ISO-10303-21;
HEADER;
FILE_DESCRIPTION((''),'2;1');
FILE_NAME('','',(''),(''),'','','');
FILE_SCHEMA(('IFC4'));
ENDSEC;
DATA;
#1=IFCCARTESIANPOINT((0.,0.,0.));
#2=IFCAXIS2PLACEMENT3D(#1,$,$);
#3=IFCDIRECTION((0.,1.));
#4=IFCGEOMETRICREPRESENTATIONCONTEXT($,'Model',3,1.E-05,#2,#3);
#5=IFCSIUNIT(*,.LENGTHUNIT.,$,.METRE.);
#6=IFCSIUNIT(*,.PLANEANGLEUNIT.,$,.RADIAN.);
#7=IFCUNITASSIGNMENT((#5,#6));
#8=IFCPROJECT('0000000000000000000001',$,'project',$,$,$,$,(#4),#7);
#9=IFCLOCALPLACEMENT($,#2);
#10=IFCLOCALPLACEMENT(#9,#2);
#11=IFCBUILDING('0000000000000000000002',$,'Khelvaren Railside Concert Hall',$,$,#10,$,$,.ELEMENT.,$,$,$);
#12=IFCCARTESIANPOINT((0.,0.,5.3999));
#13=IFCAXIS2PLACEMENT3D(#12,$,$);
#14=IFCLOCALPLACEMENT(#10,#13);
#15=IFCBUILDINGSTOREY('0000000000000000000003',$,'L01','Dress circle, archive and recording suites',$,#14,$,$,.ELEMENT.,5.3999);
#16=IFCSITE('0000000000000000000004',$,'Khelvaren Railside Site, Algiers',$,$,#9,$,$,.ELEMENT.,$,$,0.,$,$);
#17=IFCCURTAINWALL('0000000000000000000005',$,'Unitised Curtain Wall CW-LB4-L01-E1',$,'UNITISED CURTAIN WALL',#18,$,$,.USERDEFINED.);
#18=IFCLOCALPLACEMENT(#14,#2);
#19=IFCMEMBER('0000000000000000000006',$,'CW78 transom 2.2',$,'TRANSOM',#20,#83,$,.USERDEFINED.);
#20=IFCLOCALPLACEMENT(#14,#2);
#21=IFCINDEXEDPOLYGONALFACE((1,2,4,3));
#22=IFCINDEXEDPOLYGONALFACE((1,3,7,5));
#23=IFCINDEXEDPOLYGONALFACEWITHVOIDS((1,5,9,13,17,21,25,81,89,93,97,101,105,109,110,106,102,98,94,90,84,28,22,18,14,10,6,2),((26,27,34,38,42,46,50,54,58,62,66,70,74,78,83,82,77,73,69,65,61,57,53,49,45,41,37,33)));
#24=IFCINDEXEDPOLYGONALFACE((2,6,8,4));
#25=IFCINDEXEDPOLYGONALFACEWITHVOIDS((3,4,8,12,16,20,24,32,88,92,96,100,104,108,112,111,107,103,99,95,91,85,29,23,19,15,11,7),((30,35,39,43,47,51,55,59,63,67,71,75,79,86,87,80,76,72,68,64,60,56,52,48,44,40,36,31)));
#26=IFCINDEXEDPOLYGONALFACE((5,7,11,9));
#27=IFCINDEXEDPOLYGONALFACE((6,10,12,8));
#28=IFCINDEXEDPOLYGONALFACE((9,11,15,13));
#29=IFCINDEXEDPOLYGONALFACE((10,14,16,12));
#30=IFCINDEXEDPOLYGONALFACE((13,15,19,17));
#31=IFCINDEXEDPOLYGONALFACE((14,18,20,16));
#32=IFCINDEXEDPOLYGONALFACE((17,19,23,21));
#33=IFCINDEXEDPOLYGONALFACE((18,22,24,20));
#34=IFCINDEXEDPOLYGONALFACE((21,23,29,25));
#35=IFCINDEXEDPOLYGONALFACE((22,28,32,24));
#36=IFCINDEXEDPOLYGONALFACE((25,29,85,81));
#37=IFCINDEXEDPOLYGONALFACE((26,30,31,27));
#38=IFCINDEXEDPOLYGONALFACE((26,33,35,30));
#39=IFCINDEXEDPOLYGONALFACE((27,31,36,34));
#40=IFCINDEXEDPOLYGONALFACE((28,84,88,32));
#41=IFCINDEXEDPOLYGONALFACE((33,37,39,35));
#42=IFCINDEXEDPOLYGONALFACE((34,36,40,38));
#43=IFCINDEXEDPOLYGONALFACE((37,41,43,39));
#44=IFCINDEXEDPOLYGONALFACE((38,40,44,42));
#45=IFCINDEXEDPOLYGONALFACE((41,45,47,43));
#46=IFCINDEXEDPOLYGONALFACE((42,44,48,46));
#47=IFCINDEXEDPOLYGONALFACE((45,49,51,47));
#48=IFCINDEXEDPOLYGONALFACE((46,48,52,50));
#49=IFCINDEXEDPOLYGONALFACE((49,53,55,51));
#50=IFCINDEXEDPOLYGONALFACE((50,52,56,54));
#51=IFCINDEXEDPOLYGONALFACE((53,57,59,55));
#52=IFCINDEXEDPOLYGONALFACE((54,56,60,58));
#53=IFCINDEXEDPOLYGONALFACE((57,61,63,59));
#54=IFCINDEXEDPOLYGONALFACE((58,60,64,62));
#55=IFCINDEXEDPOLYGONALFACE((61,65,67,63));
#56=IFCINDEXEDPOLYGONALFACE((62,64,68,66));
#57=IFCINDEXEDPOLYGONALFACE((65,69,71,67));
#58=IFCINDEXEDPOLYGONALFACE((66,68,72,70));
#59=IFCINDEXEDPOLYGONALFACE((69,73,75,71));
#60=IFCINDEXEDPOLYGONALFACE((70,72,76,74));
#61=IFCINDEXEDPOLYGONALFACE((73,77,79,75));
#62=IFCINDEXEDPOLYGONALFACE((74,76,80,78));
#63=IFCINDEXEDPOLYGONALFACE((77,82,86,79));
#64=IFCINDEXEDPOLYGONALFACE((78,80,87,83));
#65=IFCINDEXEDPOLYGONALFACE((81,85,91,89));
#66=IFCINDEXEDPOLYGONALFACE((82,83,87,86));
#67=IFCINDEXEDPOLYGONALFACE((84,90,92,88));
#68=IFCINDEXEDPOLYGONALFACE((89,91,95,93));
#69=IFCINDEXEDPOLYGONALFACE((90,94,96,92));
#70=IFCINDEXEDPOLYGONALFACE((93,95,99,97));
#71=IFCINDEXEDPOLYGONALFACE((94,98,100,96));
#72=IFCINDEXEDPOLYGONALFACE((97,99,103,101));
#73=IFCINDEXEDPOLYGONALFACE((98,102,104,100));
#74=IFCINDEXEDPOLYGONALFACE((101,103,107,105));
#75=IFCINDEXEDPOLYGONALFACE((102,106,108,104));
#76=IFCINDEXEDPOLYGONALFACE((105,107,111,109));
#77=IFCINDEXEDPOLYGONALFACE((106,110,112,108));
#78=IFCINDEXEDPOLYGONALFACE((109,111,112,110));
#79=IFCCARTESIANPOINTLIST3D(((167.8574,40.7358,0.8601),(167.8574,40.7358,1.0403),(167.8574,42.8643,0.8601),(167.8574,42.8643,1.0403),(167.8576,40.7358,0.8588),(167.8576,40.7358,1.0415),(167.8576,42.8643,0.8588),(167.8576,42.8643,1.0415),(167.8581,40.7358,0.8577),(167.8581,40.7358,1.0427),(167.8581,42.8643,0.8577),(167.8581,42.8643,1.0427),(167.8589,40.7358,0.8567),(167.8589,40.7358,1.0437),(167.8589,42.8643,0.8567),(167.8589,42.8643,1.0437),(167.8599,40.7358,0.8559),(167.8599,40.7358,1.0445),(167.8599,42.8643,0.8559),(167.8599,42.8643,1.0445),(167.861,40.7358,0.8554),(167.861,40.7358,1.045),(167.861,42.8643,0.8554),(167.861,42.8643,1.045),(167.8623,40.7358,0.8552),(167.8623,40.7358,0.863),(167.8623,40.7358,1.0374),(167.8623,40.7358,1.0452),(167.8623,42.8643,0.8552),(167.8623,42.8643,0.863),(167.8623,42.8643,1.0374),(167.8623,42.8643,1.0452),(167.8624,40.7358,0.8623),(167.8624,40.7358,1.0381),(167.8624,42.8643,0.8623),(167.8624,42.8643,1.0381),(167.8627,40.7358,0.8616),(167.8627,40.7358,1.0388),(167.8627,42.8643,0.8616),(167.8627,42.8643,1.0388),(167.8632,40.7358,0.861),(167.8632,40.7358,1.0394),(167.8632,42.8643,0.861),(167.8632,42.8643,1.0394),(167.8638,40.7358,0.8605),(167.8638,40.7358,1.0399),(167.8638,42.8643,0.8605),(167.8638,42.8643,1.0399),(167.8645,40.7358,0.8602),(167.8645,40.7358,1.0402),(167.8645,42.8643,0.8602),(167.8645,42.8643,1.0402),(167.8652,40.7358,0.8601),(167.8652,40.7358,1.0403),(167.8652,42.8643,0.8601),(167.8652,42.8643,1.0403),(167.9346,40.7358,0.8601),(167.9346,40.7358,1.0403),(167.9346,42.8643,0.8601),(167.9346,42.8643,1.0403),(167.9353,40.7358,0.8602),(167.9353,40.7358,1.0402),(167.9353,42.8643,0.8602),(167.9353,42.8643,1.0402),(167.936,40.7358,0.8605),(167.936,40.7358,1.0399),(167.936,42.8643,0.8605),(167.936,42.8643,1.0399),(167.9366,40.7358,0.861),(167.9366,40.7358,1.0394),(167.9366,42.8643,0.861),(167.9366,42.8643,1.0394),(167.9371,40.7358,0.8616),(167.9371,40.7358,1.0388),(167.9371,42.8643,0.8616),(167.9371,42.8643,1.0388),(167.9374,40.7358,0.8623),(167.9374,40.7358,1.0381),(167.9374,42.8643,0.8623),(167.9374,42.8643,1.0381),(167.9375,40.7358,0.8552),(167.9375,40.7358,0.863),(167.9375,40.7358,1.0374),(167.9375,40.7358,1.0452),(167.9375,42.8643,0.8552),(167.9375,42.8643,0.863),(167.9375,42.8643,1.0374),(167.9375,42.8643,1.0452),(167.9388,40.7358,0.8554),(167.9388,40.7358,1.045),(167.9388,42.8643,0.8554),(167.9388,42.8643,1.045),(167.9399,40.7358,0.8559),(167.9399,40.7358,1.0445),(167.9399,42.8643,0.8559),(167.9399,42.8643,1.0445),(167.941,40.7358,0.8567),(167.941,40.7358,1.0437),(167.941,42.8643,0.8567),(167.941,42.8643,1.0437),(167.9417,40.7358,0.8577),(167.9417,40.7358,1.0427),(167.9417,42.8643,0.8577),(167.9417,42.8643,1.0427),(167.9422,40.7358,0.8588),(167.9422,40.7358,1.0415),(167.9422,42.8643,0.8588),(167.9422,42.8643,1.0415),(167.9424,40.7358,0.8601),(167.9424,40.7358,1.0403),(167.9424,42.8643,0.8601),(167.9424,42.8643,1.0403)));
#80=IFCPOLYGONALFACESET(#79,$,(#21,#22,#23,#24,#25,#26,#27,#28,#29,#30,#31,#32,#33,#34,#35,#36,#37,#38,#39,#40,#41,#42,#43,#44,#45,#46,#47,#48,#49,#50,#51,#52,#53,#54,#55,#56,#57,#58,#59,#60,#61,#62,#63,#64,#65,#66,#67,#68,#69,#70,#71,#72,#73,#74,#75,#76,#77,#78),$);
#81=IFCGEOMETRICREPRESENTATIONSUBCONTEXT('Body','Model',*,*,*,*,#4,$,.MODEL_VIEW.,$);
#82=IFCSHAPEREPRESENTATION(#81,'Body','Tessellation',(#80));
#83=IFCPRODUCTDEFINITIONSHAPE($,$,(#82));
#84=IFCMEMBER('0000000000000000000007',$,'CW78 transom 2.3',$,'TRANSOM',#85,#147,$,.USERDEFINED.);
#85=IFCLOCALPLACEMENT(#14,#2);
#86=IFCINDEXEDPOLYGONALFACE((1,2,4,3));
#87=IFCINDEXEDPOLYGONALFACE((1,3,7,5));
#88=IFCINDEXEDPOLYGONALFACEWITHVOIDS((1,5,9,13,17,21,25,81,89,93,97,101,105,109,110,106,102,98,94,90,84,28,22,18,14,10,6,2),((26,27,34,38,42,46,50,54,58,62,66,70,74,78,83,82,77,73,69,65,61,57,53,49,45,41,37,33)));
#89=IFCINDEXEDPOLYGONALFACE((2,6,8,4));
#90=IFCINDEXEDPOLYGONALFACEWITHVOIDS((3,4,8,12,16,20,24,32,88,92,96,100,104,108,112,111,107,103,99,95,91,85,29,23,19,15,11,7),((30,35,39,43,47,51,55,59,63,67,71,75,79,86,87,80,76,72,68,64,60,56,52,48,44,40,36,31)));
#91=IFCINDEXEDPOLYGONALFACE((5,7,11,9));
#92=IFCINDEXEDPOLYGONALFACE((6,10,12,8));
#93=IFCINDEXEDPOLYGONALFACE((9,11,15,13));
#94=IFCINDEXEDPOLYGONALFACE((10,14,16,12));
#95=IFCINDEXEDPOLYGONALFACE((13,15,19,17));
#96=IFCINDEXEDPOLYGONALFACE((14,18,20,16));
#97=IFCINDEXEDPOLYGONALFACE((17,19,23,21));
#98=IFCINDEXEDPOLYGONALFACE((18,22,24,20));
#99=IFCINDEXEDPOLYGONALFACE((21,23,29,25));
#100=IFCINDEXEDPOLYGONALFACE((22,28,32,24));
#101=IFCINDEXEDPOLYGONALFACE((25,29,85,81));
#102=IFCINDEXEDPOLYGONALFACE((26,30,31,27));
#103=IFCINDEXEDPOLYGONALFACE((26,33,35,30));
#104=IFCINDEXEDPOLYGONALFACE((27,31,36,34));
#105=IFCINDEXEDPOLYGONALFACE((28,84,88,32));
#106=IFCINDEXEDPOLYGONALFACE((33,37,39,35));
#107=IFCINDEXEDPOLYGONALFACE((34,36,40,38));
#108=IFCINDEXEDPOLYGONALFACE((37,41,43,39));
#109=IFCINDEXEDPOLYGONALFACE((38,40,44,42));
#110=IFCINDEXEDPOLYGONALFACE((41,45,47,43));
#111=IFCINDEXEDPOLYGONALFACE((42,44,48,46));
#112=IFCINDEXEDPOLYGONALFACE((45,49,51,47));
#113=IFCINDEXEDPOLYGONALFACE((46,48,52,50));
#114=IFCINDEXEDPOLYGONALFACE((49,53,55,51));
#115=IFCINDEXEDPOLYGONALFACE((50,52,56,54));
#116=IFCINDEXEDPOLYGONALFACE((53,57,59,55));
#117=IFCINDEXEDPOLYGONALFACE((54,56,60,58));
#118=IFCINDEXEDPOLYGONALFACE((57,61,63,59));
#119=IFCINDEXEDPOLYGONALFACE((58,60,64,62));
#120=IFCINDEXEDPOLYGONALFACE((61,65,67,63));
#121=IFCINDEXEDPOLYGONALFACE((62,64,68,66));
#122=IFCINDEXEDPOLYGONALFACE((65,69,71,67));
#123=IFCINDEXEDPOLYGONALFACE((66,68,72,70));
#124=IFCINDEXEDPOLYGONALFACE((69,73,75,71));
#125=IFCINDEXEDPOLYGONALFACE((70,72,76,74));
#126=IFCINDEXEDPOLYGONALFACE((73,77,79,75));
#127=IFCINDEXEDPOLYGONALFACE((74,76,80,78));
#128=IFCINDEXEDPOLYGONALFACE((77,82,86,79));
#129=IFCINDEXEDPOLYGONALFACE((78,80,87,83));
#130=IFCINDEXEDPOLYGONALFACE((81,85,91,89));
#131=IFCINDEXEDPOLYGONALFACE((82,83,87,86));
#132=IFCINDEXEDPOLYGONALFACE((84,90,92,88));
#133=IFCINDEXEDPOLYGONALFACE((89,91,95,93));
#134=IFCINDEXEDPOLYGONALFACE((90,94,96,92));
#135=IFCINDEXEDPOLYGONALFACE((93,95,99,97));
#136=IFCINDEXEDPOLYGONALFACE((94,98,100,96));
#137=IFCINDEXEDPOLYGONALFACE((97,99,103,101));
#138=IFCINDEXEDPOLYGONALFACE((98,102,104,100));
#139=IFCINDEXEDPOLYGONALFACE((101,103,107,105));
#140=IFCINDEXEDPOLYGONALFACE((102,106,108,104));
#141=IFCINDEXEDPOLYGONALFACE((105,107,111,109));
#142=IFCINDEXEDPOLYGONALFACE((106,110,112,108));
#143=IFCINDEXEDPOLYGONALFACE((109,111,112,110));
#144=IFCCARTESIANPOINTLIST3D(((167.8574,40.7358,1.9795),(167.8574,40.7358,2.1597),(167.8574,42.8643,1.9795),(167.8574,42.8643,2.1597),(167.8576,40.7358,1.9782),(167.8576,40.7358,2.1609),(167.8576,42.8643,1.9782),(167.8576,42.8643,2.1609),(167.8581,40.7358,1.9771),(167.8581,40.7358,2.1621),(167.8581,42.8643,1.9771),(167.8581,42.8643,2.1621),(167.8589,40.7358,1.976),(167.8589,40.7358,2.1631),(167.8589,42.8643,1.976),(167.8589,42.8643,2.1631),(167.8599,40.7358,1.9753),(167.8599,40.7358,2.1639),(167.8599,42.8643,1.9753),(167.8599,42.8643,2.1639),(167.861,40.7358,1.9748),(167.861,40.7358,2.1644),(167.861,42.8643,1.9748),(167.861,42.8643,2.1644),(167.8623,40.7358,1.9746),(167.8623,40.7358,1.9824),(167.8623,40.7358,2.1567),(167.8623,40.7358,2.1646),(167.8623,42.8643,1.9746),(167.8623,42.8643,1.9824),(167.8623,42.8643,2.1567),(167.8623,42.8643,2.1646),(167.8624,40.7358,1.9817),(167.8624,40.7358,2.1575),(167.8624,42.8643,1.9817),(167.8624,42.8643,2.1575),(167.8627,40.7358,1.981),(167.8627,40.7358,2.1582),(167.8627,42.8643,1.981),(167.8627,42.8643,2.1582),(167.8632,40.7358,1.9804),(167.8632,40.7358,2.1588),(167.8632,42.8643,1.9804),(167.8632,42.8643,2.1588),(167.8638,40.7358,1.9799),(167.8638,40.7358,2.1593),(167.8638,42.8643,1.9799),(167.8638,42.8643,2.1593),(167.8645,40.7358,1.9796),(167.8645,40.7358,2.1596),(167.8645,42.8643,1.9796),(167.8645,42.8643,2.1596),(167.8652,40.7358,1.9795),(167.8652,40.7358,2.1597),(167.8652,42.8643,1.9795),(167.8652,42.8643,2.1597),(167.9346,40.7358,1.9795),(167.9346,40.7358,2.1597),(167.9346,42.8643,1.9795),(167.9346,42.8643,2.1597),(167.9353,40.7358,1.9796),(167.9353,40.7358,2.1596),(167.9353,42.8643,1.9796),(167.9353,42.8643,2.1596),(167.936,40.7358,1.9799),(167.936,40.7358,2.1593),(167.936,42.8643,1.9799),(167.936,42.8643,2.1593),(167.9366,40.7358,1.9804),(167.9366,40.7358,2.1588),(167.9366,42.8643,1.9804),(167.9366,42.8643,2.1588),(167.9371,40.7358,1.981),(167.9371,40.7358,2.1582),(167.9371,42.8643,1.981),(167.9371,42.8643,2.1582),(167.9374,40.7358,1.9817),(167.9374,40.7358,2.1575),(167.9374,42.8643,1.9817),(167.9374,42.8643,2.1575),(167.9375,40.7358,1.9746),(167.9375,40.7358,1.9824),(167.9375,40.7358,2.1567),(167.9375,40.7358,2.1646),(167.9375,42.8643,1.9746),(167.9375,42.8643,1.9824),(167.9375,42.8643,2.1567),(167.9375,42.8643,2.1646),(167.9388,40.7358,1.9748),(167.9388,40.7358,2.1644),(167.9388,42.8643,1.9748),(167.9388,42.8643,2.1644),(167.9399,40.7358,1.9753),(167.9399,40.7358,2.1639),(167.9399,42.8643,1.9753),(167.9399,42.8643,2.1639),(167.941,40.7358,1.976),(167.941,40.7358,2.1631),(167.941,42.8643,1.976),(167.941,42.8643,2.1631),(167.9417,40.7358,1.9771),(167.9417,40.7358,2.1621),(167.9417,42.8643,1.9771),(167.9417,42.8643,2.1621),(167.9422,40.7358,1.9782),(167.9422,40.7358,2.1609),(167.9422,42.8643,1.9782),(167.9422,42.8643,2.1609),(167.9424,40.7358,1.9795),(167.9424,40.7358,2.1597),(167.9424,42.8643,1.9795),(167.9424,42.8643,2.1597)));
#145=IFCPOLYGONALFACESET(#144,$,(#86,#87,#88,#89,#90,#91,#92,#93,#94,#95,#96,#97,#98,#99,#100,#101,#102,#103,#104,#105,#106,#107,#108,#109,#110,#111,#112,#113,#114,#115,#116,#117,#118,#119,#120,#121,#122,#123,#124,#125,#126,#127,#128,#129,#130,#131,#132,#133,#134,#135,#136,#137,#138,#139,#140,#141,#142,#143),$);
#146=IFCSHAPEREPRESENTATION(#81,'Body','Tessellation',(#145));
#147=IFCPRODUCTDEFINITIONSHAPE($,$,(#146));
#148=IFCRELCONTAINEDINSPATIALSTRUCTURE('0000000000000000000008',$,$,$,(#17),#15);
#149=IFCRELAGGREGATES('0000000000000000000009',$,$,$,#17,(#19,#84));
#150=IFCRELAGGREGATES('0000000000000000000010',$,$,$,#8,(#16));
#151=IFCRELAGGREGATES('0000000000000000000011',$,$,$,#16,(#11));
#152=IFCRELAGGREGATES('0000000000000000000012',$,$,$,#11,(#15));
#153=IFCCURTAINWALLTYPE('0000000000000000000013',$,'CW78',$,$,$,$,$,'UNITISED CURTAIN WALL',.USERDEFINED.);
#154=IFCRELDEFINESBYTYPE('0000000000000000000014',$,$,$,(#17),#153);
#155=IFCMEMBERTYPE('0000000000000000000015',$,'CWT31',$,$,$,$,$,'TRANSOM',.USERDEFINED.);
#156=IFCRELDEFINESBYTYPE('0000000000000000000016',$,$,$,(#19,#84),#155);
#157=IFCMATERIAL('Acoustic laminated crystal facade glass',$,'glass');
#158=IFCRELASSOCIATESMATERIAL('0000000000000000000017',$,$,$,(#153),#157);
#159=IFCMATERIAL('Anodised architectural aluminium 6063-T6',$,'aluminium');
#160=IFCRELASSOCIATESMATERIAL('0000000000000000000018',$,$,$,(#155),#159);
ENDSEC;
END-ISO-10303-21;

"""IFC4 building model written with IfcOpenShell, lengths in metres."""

from ifc_helpers import new_model, si_unit, direction, frame, origin, origin_2d, place, context, subcontext, project, spatial, hollow_rectangle, extrude, material, material_profile, profile_set, type_object, element, aggregate, save


model = new_model("IFC4")

# Units and contexts
model_context = context("Model", 3, precision=1e-05, world=origin(), true_north=direction((0.0, 1.0)))
body_context = subcontext(model_context, "Body", "Model", "MODEL_VIEW")
ifc_project = project(units=[si_unit("LENGTHUNIT", "METRE"), si_unit("PLANEANGLEUNIT", "RADIAN")], contexts=[model_context])

# Site, building, storey
site_placement = place(None, origin())
site = spatial("IfcSite", under=ifc_project, at=site_placement, Name="Khelvaren Railside Site, Algiers", CompositionType="ELEMENT", RefElevation=0.0)
building_placement = place(site_placement, origin())
building = spatial("IfcBuilding", under=site, at=building_placement, Name="Khelvaren Railside Concert Hall", CompositionType="ELEMENT")
storey_placement = place(building_placement, frame((0.0, 0.0, 5.3999)))
storey = spatial("IfcBuildingStorey", under=building, at=storey_placement, Name="L01", Description="Dress circle, archive and recording suites", CompositionType="ELEMENT", Elevation=5.3999)

# Curtain wall, members
ifc_material_1 = material(Name="Acoustic laminated crystal facade glass", Category="glass")
curtain_wall_type = type_object("IfcCurtainWallType", Name="CW78", ElementType="UNITISED CURTAIN WALL", PredefinedType="USERDEFINED", material=ifc_material_1)
curtain_wall_placement = place(storey_placement, origin())
curtain_wall = element("IfcCurtainWall", 1, at=curtain_wall_placement, inside=storey, type_object=curtain_wall_type, Name="Unitised Curtain Wall CW-LB4-L01-E1", ObjectType="UNITISED CURTAIN WALL", PredefinedType="USERDEFINED")
ifc_material_2 = material(Name="Anodised architectural aluminium 6063-T6", Category="aluminium")
ifc_material_profile_1 = material_profile(ifc_material_2, hollow_rectangle(XDim=0.085, YDim=0.1899, WallThickness=0.0049, InnerFilletRadius=0.0029, OuterFilletRadius=0.0049, at=origin_2d()), Name="CWT 85x190x5")
ifc_profile_set_1 = profile_set([ifc_material_profile_1], Name="Anodised architectural aluminium 6063-T6")
member_type_1 = type_object("IfcMemberType", Name="CWT31", ElementType="TRANSOM", PredefinedType="USERDEFINED", material=ifc_profile_set_1)
member_1_placement = place(storey_placement, frame((167.8999, 42.8643, 0.9502), z_axis=(0.0, -1.0, 0.0), x_axis=(1.0, 0.0, 0.0)))
member_1 = element("IfcMember", 2, at=member_1_placement, type_object=member_type_1, Name="CW78 transom 2.2", ObjectType="TRANSOM", PredefinedType="USERDEFINED", context=body_context, shape_type="SweptSolid", body=[
    extrude(hollow_rectangle(XDim=0.085, YDim=0.1899, WallThickness=0.0049, InnerFilletRadius=0.0029, OuterFilletRadius=0.0049, at=origin_2d()), origin(), (0.0, 0.0, 1.0), 2.1284),
])
member_2_placement = place(storey_placement, frame((167.8999, 42.8643, 2.0696), z_axis=(0.0, -1.0, 0.0), x_axis=(1.0, 0.0, 0.0)))
member_2 = element("IfcMember", 3, at=member_2_placement, type_object=member_type_1, Name="CW78 transom 2.3", ObjectType="TRANSOM", PredefinedType="USERDEFINED", context=body_context, shape_type="SweptSolid", body=[
    extrude(hollow_rectangle(XDim=0.085, YDim=0.1899, WallThickness=0.0049, InnerFilletRadius=0.0029, OuterFilletRadius=0.0049, at=origin_2d()), origin(), (0.0, 0.0, 1.0), 2.1284),
])

aggregate(curtain_wall, [member_1, member_2])

save(model, "model.ifc")
